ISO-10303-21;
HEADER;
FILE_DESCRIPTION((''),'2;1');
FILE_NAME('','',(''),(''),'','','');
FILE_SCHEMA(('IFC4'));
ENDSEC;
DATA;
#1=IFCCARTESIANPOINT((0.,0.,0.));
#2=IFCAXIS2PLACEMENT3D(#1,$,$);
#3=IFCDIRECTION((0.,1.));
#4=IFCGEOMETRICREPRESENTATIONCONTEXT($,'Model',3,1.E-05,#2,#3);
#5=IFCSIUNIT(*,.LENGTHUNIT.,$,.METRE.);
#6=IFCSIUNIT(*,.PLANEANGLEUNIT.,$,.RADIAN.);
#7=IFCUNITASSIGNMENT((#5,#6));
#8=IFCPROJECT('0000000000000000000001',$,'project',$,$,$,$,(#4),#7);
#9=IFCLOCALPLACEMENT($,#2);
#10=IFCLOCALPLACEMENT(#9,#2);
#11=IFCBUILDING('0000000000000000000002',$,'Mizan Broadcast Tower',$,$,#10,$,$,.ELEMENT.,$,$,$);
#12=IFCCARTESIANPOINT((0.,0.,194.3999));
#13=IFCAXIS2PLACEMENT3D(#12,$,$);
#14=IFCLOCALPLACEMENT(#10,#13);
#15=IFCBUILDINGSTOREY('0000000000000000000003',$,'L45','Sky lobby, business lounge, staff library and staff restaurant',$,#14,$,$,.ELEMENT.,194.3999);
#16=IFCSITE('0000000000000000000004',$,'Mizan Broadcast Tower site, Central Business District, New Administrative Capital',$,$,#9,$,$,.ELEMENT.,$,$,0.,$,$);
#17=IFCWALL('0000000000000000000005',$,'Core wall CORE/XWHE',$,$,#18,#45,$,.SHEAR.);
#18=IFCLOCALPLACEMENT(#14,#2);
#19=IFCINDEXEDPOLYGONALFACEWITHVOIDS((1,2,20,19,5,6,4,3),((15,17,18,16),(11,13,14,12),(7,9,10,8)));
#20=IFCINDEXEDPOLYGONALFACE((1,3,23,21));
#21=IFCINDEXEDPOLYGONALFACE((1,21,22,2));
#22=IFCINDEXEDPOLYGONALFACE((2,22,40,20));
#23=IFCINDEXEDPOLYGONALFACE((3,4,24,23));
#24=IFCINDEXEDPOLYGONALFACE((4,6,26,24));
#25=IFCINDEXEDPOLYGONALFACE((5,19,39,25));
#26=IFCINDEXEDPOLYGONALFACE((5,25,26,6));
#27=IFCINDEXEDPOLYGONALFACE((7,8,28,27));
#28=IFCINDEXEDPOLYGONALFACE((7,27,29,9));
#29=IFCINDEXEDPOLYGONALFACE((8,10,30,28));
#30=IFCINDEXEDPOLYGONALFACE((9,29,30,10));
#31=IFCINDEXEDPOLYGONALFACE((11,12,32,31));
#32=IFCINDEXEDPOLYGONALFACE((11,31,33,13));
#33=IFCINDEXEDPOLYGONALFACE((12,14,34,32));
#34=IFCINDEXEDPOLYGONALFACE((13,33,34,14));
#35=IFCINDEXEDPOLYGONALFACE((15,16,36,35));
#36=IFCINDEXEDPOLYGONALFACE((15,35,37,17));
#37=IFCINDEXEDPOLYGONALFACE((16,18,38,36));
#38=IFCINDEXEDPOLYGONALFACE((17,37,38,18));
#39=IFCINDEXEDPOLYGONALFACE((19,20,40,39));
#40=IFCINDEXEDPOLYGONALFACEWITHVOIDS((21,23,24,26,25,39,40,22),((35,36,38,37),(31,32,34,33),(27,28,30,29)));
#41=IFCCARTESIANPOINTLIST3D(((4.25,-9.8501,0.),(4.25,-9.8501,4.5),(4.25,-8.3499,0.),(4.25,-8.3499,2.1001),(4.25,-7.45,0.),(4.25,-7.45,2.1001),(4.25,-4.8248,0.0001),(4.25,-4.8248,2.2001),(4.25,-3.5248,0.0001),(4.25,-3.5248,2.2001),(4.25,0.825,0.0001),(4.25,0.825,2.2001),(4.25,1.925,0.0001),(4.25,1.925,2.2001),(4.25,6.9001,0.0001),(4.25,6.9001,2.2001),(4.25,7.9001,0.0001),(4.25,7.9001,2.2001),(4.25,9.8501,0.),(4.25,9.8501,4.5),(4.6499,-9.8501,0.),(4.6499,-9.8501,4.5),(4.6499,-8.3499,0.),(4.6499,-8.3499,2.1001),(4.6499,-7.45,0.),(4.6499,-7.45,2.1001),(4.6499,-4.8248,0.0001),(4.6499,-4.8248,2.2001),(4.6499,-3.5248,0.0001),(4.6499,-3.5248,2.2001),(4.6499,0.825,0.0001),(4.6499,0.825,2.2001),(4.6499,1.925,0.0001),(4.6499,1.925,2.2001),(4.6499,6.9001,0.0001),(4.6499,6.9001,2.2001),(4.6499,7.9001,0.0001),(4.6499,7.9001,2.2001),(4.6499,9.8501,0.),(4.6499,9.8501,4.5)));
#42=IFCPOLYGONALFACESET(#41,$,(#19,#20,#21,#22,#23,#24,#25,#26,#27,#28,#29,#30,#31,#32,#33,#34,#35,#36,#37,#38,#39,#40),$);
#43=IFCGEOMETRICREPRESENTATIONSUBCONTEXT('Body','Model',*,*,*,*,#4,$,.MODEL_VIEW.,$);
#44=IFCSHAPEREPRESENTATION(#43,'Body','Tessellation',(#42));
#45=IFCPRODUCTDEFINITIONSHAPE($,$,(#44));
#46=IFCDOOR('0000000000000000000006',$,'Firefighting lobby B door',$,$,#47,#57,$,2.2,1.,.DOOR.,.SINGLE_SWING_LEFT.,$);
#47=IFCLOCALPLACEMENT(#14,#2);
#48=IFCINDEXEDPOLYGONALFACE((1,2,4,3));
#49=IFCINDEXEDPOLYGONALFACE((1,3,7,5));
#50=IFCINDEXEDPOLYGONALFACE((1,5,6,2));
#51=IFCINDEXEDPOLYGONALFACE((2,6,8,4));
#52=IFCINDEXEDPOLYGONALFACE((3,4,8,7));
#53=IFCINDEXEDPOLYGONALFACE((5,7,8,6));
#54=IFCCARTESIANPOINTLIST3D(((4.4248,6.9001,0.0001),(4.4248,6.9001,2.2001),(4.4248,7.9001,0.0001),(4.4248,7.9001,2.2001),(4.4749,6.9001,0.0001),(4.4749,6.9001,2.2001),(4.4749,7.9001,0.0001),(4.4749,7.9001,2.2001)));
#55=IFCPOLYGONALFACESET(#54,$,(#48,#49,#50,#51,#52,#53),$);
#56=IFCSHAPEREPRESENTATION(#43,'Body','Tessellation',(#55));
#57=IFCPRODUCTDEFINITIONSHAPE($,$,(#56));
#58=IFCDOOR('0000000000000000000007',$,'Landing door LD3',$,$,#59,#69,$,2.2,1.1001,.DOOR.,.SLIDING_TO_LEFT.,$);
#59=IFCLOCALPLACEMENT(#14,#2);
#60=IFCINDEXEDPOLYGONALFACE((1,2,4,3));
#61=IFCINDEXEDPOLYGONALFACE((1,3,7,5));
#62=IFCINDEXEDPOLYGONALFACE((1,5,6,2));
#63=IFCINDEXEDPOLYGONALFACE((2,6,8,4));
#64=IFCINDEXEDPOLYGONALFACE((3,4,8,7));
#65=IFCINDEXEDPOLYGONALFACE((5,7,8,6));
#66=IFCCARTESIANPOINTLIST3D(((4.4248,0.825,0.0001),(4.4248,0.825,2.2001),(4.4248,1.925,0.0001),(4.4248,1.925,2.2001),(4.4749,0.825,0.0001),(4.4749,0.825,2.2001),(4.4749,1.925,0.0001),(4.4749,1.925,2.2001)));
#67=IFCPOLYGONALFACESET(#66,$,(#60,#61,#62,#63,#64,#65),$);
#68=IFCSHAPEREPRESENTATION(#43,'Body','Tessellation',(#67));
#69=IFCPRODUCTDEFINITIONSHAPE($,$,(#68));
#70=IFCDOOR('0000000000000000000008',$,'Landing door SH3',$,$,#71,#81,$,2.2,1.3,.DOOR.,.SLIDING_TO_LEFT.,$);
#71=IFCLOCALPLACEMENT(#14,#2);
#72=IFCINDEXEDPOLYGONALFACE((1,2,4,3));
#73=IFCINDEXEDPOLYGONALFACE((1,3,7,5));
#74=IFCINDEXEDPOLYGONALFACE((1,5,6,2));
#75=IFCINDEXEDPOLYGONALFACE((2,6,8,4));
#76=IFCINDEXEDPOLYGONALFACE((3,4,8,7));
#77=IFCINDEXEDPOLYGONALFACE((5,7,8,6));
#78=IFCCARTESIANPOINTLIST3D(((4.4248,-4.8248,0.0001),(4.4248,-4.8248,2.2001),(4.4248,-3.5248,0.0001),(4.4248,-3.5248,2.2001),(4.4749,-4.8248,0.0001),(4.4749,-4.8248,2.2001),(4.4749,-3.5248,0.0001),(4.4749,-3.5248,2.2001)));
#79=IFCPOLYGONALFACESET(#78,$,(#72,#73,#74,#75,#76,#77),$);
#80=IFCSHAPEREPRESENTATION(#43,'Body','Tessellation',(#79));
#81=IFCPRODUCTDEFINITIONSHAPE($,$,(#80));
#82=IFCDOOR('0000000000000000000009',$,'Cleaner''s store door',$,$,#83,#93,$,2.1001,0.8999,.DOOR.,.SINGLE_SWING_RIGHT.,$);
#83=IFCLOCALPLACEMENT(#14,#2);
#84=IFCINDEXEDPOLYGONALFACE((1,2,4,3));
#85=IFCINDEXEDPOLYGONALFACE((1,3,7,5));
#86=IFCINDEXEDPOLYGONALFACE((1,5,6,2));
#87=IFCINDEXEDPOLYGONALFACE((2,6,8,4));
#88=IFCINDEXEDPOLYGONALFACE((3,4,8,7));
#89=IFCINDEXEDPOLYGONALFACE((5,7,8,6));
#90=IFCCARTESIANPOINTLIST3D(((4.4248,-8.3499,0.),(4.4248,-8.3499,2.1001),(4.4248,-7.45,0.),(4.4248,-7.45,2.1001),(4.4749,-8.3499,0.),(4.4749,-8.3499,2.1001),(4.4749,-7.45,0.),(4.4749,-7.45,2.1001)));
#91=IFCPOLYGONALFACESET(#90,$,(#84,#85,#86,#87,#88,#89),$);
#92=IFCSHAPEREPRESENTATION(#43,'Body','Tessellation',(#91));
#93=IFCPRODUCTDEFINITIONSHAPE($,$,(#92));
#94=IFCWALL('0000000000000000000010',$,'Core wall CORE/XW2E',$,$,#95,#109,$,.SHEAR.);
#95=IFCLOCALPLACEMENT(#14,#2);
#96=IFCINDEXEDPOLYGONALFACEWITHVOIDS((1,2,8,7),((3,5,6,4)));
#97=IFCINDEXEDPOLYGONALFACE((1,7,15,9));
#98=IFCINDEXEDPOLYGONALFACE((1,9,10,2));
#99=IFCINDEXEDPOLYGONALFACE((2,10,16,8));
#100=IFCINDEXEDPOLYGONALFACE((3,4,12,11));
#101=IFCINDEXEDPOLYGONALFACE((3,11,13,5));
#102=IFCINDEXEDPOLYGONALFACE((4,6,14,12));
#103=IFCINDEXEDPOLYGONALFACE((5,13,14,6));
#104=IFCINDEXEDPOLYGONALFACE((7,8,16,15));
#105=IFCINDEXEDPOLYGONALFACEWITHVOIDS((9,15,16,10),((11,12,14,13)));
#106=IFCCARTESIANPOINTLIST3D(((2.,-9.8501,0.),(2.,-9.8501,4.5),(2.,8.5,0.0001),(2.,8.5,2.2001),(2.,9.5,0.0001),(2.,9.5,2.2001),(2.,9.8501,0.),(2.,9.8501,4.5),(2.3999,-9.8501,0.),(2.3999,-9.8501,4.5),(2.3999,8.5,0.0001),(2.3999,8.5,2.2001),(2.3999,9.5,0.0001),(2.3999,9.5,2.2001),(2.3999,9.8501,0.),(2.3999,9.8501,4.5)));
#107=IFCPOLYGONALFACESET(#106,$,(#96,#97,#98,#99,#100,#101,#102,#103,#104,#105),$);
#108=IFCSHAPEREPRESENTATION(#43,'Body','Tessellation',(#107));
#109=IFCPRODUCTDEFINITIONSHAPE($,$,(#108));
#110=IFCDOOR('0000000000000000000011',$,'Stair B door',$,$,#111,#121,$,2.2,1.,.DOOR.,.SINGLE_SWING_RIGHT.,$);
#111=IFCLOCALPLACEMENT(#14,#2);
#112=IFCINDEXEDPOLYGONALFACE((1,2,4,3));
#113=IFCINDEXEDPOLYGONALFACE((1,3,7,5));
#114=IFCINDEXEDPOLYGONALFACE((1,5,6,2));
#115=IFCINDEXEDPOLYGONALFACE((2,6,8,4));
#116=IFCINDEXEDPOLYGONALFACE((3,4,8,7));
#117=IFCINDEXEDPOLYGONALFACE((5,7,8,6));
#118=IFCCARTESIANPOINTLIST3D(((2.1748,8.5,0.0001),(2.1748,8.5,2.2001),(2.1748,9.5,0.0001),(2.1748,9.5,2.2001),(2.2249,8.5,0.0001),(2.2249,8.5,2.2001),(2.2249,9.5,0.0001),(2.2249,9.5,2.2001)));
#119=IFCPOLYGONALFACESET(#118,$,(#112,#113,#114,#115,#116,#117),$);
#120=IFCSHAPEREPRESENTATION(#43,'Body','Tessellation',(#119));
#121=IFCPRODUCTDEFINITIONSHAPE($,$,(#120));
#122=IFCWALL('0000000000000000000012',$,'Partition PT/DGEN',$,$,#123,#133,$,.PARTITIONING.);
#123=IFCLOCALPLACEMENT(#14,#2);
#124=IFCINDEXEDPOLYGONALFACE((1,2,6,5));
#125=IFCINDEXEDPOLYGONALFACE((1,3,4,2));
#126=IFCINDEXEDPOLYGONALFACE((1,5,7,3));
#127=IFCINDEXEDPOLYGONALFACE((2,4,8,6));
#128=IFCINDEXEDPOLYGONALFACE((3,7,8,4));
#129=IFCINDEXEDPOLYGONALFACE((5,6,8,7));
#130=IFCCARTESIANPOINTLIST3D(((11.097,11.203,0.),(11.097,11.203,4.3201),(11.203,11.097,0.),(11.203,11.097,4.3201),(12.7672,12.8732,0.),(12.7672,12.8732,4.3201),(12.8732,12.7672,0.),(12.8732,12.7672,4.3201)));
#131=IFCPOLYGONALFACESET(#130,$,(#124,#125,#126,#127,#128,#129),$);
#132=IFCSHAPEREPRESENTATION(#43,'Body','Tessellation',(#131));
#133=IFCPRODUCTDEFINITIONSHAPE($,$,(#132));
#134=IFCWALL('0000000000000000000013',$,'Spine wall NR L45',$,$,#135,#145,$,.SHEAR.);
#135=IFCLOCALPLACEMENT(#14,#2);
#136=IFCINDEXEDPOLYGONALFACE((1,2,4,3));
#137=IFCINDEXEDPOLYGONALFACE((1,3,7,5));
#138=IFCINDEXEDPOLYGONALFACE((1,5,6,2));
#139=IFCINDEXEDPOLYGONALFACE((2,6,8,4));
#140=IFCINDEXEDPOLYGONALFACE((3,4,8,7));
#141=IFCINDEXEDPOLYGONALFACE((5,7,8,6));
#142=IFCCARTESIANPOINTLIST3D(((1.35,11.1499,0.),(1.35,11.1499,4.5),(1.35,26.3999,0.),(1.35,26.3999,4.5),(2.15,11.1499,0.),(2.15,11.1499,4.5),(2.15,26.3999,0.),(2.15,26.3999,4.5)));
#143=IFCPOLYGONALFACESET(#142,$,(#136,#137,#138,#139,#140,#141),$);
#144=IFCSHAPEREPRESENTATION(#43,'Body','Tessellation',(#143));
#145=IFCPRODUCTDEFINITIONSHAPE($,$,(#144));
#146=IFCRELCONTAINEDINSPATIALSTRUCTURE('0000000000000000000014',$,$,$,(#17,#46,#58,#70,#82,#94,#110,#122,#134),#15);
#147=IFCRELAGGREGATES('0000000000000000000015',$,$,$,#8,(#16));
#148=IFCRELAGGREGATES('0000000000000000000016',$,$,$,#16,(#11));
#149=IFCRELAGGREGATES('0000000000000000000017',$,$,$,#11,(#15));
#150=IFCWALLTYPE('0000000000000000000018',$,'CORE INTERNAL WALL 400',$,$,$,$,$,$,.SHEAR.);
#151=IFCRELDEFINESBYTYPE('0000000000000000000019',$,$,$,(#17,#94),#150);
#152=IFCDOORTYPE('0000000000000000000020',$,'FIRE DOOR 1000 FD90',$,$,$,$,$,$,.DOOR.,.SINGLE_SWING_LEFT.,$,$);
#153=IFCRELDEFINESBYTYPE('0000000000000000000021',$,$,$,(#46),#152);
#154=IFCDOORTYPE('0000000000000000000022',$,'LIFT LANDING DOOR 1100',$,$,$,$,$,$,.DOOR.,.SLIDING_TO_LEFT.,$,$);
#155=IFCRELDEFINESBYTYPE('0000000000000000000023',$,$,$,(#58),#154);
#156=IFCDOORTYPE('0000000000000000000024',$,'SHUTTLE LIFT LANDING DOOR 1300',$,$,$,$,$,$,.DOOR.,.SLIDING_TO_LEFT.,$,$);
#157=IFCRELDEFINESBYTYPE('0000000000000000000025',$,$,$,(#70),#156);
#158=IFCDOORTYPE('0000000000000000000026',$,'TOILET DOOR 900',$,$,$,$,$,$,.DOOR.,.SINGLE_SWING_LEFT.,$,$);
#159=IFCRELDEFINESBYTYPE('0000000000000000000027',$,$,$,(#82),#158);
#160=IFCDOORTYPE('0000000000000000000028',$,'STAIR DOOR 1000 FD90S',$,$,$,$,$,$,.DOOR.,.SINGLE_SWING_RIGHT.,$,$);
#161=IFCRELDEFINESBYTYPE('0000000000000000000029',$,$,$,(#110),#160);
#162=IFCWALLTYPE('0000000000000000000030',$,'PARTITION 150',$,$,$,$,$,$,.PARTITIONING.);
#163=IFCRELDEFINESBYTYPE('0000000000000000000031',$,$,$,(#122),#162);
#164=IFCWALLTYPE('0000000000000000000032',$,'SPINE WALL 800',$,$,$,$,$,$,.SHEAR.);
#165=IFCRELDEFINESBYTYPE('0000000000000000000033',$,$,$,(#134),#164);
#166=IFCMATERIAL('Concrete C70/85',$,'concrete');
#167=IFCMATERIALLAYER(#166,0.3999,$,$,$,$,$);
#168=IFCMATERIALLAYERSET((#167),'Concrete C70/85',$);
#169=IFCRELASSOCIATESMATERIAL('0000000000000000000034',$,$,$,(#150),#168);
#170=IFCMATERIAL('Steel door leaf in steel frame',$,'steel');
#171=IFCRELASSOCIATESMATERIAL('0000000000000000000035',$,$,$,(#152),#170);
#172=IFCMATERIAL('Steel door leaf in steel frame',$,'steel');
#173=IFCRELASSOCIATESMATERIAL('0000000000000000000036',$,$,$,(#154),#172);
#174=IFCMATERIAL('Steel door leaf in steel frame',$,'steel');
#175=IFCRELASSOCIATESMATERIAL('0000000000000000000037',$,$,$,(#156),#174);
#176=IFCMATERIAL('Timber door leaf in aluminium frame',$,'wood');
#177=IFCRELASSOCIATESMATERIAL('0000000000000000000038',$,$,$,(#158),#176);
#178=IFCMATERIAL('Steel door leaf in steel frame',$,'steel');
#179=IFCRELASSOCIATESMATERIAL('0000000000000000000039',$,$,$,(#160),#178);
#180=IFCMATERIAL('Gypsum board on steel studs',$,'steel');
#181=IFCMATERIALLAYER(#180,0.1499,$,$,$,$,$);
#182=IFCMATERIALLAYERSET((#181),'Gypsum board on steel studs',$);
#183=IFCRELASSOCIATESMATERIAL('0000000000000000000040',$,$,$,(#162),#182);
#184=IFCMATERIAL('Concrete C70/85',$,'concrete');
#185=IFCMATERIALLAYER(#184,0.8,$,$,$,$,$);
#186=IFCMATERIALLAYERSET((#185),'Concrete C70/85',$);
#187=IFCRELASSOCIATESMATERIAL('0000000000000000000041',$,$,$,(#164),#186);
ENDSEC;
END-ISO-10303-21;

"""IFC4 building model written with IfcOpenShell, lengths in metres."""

from ifc_helpers import new_model, si_unit, direction, frame, frame_2d, origin, place, context, subcontext, project, spatial, rectangle, extrude, material, layer, layer_set, type_object, element, fill, save


model = new_model("IFC4")

# Units and contexts
model_context = context("Model", 3, precision=1e-05, world=origin(), true_north=direction((0.0, 1.0)))
body_context = subcontext(model_context, "Body", "Model", "MODEL_VIEW")
ifc_project = project(units=[si_unit("LENGTHUNIT", "METRE"), si_unit("PLANEANGLEUNIT", "RADIAN")], contexts=[model_context])

# Site, building, storey
site_placement = place(None, origin())
site = spatial("IfcSite", under=ifc_project, at=site_placement, Name="Mizan Broadcast Tower site, Central Business District, New Administrative Capital", CompositionType="ELEMENT", RefElevation=0.0)
building_placement = place(site_placement, origin())
building = spatial("IfcBuilding", under=site, at=building_placement, Name="Mizan Broadcast Tower", CompositionType="ELEMENT")
storey_placement = place(building_placement, frame((0.0, 0.0, 194.3999)))
storey = spatial("IfcBuildingStorey", under=building, at=storey_placement, Name="L45", Description="Sky lobby, business lounge, staff library and staff restaurant", CompositionType="ELEMENT", Elevation=194.3999)

# Wall, openings, doors
ifc_material_1 = material(Name="Concrete C70/85", Category="concrete")
ifc_layer_1 = layer(ifc_material_1, 0.3999)
ifc_layer_set_1 = layer_set([ifc_layer_1], Name="Concrete C70/85")
wall_type_1 = type_object("IfcWallType", Name="CORE INTERNAL WALL 400", PredefinedType="SHEAR", material=ifc_layer_set_1)
ifc_material_2 = material(Name="Steel door leaf in steel frame", Category="steel")
door_type_1 = type_object("IfcDoorType", Name="FIRE DOOR 1000 FD90", OperationType="SINGLE_SWING_LEFT", PredefinedType="DOOR", material=ifc_material_2)
ifc_material_3 = material(Name="Steel door leaf in steel frame", Category="steel")
door_type_2 = type_object("IfcDoorType", Name="LIFT LANDING DOOR 1100", OperationType="SLIDING_TO_LEFT", PredefinedType="DOOR", material=ifc_material_3)
ifc_material_4 = material(Name="Steel door leaf in steel frame", Category="steel")
door_type_3 = type_object("IfcDoorType", Name="SHUTTLE LIFT LANDING DOOR 1300", OperationType="SLIDING_TO_LEFT", PredefinedType="DOOR", material=ifc_material_4)
ifc_material_5 = material(Name="Timber door leaf in aluminium frame", Category="wood")
door_type_4 = type_object("IfcDoorType", Name="TOILET DOOR 900", OperationType="SINGLE_SWING_LEFT", PredefinedType="DOOR", material=ifc_material_5)
wall_1_placement = place(storey_placement, frame((4.45, 9.8501, 0.0), z_axis=(0.0, 0.0, 1.0), x_axis=(0.0, -1.0, 0.0)))
wall_1 = element("IfcWall", 1, at=wall_1_placement, inside=storey, type_object=wall_type_1, Name="Core wall CORE/XWHE", PredefinedType="SHEAR", context=body_context, shape_type="SweptSolid", body=[
    extrude(rectangle(XDim=19.7002, YDim=0.3999, at=frame_2d((9.8501, 0.0))), origin(), (0.0, 0.0, 1.0), 4.5),
])
opening_1_placement = place(wall_1_placement, frame((1.95, 0.0, 0.0)))
opening_1 = element("IfcOpeningElement", 2, at=opening_1_placement, cuts=wall_1, PredefinedType="OPENING", context=body_context, shape_type="SweptSolid", body=[
    extrude(rectangle(XDim=1.0, YDim=2.2, at=frame_2d((0.5, 1.1001))), frame((0.0, 0.21, 0.0), z_axis=(0.0, -1.0, 0.0), x_axis=(1.0, 0.0, 0.0)), (0.0, 0.0, 1.0), 0.4199),
])
opening_2_placement = place(wall_1_placement, frame((17.3, 0.0, 0.0)))
opening_2 = element("IfcOpeningElement", 3, at=opening_2_placement, cuts=wall_1, PredefinedType="OPENING", context=body_context, shape_type="SweptSolid", body=[
    extrude(rectangle(XDim=0.8999, YDim=2.1001, at=frame_2d((0.45, 1.05))), frame((0.0, 0.21, 0.0), z_axis=(0.0, -1.0, 0.0), x_axis=(1.0, 0.0, 0.0)), (0.0, 0.0, 1.0), 0.4199),
])
opening_3_placement = place(wall_1_placement, frame((7.925, 0.0, 0.0)))
opening_3 = element("IfcOpeningElement", 4, at=opening_3_placement, cuts=wall_1, PredefinedType="OPENING", context=body_context, shape_type="SweptSolid", body=[
    extrude(rectangle(XDim=1.1001, YDim=2.2, at=frame_2d((0.55, 1.1001))), frame((0.0, 0.21, 0.0), z_axis=(0.0, -1.0, 0.0), x_axis=(1.0, 0.0, 0.0)), (0.0, 0.0, 1.0), 0.4199),
])
opening_4_placement = place(wall_1_placement, frame((13.375, 0.0, 0.0)))
opening_4 = element("IfcOpeningElement", 5, at=opening_4_placement, cuts=wall_1, PredefinedType="OPENING", context=body_context, shape_type="SweptSolid", body=[
    extrude(rectangle(XDim=1.3, YDim=2.2, at=frame_2d((0.6499, 1.1001))), frame((0.0, 0.21, 0.0), z_axis=(0.0, -1.0, 0.0), x_axis=(1.0, 0.0, 0.0)), (0.0, 0.0, 1.0), 0.4199),
])
door_1_placement = place(opening_1_placement, origin())
door_1 = element("IfcDoor", 6, at=door_1_placement, inside=storey, type_object=door_type_1, Name="Firefighting lobby B door", OperationType="SINGLE_SWING_LEFT", OverallHeight=2.2, OverallWidth=1.0, PredefinedType="DOOR", context=body_context, shape_type="SweptSolid", body=[
    extrude(rectangle(XDim=1.0, YDim=2.2, at=frame_2d((0.5, 1.1001))), frame((0.0, 0.0249, 0.0), z_axis=(0.0, -1.0, 0.0), x_axis=(1.0, 0.0, 0.0)), (0.0, 0.0, 1.0), 0.05),
])
fill(opening_1, door_1)
door_2_placement = place(opening_3_placement, origin())
door_2 = element("IfcDoor", 7, at=door_2_placement, inside=storey, type_object=door_type_2, Name="Landing door LD3", OperationType="SLIDING_TO_LEFT", OverallHeight=2.2, OverallWidth=1.1001, PredefinedType="DOOR", context=body_context, shape_type="SweptSolid", body=[
    extrude(rectangle(XDim=1.1001, YDim=2.2, at=frame_2d((0.55, 1.1001))), frame((0.0, 0.0249, 0.0), z_axis=(0.0, -1.0, 0.0), x_axis=(1.0, 0.0, 0.0)), (0.0, 0.0, 1.0), 0.05),
])
fill(opening_3, door_2)
door_3_placement = place(opening_4_placement, origin())
door_3 = element("IfcDoor", 8, at=door_3_placement, inside=storey, type_object=door_type_3, Name="Landing door SH3", OperationType="SLIDING_TO_LEFT", OverallHeight=2.2, OverallWidth=1.3, PredefinedType="DOOR", context=body_context, shape_type="SweptSolid", body=[
    extrude(rectangle(XDim=1.3, YDim=2.2, at=frame_2d((0.6499, 1.1001))), frame((0.0, 0.0249, 0.0), z_axis=(0.0, -1.0, 0.0), x_axis=(1.0, 0.0, 0.0)), (0.0, 0.0, 1.0), 0.05),
])
fill(opening_4, door_3)
door_4_placement = place(opening_2_placement, origin())
door_4 = element("IfcDoor", 9, at=door_4_placement, inside=storey, type_object=door_type_4, Name="Cleaner's store door", OperationType="SINGLE_SWING_RIGHT", OverallHeight=2.1001, OverallWidth=0.8999, PredefinedType="DOOR", context=body_context, shape_type="SweptSolid", body=[
    extrude(rectangle(XDim=0.8999, YDim=2.1001, at=frame_2d((0.45, 1.05))), frame((0.0, 0.0249, 0.0), z_axis=(0.0, -1.0, 0.0), x_axis=(1.0, 0.0, 0.0)), (0.0, 0.0, 1.0), 0.05),
])
fill(opening_2, door_4)

# Wall, opening, door
wall_2_placement = place(storey_placement, frame((2.2, 9.8501, 0.0), z_axis=(0.0, 0.0, 1.0), x_axis=(0.0, -1.0, 0.0)))
wall_2 = element("IfcWall", 10, at=wall_2_placement, inside=storey, type_object=wall_type_1, Name="Core wall CORE/XW2E", PredefinedType="SHEAR", context=body_context, shape_type="SweptSolid", body=[
    extrude(rectangle(XDim=19.7002, YDim=0.3999, at=frame_2d((9.8501, 0.0))), origin(), (0.0, 0.0, 1.0), 4.5),
])
opening_5_placement = place(wall_2_placement, frame((0.3501, 0.0, 0.0)))
opening_5 = element("IfcOpeningElement", 11, at=opening_5_placement, cuts=wall_2, PredefinedType="OPENING", context=body_context, shape_type="SweptSolid", body=[
    extrude(rectangle(XDim=1.0, YDim=2.2, at=frame_2d((0.5, 1.1001))), frame((0.0, 0.21, 0.0), z_axis=(0.0, -1.0, 0.0), x_axis=(1.0, 0.0, 0.0)), (0.0, 0.0, 1.0), 0.4199),
])
ifc_material_6 = material(Name="Steel door leaf in steel frame", Category="steel")
door_type_5 = type_object("IfcDoorType", Name="STAIR DOOR 1000 FD90S", OperationType="SINGLE_SWING_RIGHT", PredefinedType="DOOR", material=ifc_material_6)
door_5_placement = place(opening_5_placement, origin())
door_5 = element("IfcDoor", 12, at=door_5_placement, inside=storey, type_object=door_type_5, Name="Stair B door", OperationType="SINGLE_SWING_RIGHT", OverallHeight=2.2, OverallWidth=1.0, PredefinedType="DOOR", context=body_context, shape_type="SweptSolid", body=[
    extrude(rectangle(XDim=1.0, YDim=2.2, at=frame_2d((0.5, 1.1001))), frame((0.0, 0.0249, 0.0), z_axis=(0.0, -1.0, 0.0), x_axis=(1.0, 0.0, 0.0)), (0.0, 0.0, 1.0), 0.05),
])
fill(opening_5, door_5)

# Walls
ifc_material_7 = material(Name="Gypsum board on steel studs", Category="steel")
ifc_layer_2 = layer(ifc_material_7, 0.1499)
ifc_layer_set_2 = layer_set([ifc_layer_2], Name="Gypsum board on steel studs")
wall_type_2 = type_object("IfcWallType", Name="PARTITION 150", PredefinedType="PARTITIONING", material=ifc_layer_set_2)
wall_3_placement = place(storey_placement, frame((11.1499, 11.1499, 0.0), z_axis=(0.0, 0.0, 1.0), x_axis=(0.707107, 0.707107, 0.0)))
element("IfcWall", 13, at=wall_3_placement, inside=storey, type_object=wall_type_2, Name="Partition PT/DGEN", PredefinedType="PARTITIONING", context=body_context, shape_type="SweptSolid", body=[
    extrude(rectangle(XDim=2.3621, YDim=0.1499, at=frame_2d((1.1812, 0.0))), origin(), (0.0, 0.0, 1.0), 4.3201),
])
ifc_material_8 = material(Name="Concrete C70/85", Category="concrete")
ifc_layer_3 = layer(ifc_material_8, 0.8)
ifc_layer_set_3 = layer_set([ifc_layer_3], Name="Concrete C70/85")
wall_type_3 = type_object("IfcWallType", Name="SPINE WALL 800", PredefinedType="SHEAR", material=ifc_layer_set_3)
wall_4_placement = place(storey_placement, frame((1.75, 11.1499, 0.0), z_axis=(0.0, 0.0, 1.0), x_axis=(0.0, 1.0, 0.0)))
element("IfcWall", 14, at=wall_4_placement, inside=storey, type_object=wall_type_3, Name="Spine wall NR L45", PredefinedType="SHEAR", context=body_context, shape_type="SweptSolid", body=[
    extrude(rectangle(XDim=15.25, YDim=0.8, at=frame_2d((7.625, 0.0))), origin(), (0.0, 0.0, 1.0), 4.5),
])

save(model, "model.ifc")
